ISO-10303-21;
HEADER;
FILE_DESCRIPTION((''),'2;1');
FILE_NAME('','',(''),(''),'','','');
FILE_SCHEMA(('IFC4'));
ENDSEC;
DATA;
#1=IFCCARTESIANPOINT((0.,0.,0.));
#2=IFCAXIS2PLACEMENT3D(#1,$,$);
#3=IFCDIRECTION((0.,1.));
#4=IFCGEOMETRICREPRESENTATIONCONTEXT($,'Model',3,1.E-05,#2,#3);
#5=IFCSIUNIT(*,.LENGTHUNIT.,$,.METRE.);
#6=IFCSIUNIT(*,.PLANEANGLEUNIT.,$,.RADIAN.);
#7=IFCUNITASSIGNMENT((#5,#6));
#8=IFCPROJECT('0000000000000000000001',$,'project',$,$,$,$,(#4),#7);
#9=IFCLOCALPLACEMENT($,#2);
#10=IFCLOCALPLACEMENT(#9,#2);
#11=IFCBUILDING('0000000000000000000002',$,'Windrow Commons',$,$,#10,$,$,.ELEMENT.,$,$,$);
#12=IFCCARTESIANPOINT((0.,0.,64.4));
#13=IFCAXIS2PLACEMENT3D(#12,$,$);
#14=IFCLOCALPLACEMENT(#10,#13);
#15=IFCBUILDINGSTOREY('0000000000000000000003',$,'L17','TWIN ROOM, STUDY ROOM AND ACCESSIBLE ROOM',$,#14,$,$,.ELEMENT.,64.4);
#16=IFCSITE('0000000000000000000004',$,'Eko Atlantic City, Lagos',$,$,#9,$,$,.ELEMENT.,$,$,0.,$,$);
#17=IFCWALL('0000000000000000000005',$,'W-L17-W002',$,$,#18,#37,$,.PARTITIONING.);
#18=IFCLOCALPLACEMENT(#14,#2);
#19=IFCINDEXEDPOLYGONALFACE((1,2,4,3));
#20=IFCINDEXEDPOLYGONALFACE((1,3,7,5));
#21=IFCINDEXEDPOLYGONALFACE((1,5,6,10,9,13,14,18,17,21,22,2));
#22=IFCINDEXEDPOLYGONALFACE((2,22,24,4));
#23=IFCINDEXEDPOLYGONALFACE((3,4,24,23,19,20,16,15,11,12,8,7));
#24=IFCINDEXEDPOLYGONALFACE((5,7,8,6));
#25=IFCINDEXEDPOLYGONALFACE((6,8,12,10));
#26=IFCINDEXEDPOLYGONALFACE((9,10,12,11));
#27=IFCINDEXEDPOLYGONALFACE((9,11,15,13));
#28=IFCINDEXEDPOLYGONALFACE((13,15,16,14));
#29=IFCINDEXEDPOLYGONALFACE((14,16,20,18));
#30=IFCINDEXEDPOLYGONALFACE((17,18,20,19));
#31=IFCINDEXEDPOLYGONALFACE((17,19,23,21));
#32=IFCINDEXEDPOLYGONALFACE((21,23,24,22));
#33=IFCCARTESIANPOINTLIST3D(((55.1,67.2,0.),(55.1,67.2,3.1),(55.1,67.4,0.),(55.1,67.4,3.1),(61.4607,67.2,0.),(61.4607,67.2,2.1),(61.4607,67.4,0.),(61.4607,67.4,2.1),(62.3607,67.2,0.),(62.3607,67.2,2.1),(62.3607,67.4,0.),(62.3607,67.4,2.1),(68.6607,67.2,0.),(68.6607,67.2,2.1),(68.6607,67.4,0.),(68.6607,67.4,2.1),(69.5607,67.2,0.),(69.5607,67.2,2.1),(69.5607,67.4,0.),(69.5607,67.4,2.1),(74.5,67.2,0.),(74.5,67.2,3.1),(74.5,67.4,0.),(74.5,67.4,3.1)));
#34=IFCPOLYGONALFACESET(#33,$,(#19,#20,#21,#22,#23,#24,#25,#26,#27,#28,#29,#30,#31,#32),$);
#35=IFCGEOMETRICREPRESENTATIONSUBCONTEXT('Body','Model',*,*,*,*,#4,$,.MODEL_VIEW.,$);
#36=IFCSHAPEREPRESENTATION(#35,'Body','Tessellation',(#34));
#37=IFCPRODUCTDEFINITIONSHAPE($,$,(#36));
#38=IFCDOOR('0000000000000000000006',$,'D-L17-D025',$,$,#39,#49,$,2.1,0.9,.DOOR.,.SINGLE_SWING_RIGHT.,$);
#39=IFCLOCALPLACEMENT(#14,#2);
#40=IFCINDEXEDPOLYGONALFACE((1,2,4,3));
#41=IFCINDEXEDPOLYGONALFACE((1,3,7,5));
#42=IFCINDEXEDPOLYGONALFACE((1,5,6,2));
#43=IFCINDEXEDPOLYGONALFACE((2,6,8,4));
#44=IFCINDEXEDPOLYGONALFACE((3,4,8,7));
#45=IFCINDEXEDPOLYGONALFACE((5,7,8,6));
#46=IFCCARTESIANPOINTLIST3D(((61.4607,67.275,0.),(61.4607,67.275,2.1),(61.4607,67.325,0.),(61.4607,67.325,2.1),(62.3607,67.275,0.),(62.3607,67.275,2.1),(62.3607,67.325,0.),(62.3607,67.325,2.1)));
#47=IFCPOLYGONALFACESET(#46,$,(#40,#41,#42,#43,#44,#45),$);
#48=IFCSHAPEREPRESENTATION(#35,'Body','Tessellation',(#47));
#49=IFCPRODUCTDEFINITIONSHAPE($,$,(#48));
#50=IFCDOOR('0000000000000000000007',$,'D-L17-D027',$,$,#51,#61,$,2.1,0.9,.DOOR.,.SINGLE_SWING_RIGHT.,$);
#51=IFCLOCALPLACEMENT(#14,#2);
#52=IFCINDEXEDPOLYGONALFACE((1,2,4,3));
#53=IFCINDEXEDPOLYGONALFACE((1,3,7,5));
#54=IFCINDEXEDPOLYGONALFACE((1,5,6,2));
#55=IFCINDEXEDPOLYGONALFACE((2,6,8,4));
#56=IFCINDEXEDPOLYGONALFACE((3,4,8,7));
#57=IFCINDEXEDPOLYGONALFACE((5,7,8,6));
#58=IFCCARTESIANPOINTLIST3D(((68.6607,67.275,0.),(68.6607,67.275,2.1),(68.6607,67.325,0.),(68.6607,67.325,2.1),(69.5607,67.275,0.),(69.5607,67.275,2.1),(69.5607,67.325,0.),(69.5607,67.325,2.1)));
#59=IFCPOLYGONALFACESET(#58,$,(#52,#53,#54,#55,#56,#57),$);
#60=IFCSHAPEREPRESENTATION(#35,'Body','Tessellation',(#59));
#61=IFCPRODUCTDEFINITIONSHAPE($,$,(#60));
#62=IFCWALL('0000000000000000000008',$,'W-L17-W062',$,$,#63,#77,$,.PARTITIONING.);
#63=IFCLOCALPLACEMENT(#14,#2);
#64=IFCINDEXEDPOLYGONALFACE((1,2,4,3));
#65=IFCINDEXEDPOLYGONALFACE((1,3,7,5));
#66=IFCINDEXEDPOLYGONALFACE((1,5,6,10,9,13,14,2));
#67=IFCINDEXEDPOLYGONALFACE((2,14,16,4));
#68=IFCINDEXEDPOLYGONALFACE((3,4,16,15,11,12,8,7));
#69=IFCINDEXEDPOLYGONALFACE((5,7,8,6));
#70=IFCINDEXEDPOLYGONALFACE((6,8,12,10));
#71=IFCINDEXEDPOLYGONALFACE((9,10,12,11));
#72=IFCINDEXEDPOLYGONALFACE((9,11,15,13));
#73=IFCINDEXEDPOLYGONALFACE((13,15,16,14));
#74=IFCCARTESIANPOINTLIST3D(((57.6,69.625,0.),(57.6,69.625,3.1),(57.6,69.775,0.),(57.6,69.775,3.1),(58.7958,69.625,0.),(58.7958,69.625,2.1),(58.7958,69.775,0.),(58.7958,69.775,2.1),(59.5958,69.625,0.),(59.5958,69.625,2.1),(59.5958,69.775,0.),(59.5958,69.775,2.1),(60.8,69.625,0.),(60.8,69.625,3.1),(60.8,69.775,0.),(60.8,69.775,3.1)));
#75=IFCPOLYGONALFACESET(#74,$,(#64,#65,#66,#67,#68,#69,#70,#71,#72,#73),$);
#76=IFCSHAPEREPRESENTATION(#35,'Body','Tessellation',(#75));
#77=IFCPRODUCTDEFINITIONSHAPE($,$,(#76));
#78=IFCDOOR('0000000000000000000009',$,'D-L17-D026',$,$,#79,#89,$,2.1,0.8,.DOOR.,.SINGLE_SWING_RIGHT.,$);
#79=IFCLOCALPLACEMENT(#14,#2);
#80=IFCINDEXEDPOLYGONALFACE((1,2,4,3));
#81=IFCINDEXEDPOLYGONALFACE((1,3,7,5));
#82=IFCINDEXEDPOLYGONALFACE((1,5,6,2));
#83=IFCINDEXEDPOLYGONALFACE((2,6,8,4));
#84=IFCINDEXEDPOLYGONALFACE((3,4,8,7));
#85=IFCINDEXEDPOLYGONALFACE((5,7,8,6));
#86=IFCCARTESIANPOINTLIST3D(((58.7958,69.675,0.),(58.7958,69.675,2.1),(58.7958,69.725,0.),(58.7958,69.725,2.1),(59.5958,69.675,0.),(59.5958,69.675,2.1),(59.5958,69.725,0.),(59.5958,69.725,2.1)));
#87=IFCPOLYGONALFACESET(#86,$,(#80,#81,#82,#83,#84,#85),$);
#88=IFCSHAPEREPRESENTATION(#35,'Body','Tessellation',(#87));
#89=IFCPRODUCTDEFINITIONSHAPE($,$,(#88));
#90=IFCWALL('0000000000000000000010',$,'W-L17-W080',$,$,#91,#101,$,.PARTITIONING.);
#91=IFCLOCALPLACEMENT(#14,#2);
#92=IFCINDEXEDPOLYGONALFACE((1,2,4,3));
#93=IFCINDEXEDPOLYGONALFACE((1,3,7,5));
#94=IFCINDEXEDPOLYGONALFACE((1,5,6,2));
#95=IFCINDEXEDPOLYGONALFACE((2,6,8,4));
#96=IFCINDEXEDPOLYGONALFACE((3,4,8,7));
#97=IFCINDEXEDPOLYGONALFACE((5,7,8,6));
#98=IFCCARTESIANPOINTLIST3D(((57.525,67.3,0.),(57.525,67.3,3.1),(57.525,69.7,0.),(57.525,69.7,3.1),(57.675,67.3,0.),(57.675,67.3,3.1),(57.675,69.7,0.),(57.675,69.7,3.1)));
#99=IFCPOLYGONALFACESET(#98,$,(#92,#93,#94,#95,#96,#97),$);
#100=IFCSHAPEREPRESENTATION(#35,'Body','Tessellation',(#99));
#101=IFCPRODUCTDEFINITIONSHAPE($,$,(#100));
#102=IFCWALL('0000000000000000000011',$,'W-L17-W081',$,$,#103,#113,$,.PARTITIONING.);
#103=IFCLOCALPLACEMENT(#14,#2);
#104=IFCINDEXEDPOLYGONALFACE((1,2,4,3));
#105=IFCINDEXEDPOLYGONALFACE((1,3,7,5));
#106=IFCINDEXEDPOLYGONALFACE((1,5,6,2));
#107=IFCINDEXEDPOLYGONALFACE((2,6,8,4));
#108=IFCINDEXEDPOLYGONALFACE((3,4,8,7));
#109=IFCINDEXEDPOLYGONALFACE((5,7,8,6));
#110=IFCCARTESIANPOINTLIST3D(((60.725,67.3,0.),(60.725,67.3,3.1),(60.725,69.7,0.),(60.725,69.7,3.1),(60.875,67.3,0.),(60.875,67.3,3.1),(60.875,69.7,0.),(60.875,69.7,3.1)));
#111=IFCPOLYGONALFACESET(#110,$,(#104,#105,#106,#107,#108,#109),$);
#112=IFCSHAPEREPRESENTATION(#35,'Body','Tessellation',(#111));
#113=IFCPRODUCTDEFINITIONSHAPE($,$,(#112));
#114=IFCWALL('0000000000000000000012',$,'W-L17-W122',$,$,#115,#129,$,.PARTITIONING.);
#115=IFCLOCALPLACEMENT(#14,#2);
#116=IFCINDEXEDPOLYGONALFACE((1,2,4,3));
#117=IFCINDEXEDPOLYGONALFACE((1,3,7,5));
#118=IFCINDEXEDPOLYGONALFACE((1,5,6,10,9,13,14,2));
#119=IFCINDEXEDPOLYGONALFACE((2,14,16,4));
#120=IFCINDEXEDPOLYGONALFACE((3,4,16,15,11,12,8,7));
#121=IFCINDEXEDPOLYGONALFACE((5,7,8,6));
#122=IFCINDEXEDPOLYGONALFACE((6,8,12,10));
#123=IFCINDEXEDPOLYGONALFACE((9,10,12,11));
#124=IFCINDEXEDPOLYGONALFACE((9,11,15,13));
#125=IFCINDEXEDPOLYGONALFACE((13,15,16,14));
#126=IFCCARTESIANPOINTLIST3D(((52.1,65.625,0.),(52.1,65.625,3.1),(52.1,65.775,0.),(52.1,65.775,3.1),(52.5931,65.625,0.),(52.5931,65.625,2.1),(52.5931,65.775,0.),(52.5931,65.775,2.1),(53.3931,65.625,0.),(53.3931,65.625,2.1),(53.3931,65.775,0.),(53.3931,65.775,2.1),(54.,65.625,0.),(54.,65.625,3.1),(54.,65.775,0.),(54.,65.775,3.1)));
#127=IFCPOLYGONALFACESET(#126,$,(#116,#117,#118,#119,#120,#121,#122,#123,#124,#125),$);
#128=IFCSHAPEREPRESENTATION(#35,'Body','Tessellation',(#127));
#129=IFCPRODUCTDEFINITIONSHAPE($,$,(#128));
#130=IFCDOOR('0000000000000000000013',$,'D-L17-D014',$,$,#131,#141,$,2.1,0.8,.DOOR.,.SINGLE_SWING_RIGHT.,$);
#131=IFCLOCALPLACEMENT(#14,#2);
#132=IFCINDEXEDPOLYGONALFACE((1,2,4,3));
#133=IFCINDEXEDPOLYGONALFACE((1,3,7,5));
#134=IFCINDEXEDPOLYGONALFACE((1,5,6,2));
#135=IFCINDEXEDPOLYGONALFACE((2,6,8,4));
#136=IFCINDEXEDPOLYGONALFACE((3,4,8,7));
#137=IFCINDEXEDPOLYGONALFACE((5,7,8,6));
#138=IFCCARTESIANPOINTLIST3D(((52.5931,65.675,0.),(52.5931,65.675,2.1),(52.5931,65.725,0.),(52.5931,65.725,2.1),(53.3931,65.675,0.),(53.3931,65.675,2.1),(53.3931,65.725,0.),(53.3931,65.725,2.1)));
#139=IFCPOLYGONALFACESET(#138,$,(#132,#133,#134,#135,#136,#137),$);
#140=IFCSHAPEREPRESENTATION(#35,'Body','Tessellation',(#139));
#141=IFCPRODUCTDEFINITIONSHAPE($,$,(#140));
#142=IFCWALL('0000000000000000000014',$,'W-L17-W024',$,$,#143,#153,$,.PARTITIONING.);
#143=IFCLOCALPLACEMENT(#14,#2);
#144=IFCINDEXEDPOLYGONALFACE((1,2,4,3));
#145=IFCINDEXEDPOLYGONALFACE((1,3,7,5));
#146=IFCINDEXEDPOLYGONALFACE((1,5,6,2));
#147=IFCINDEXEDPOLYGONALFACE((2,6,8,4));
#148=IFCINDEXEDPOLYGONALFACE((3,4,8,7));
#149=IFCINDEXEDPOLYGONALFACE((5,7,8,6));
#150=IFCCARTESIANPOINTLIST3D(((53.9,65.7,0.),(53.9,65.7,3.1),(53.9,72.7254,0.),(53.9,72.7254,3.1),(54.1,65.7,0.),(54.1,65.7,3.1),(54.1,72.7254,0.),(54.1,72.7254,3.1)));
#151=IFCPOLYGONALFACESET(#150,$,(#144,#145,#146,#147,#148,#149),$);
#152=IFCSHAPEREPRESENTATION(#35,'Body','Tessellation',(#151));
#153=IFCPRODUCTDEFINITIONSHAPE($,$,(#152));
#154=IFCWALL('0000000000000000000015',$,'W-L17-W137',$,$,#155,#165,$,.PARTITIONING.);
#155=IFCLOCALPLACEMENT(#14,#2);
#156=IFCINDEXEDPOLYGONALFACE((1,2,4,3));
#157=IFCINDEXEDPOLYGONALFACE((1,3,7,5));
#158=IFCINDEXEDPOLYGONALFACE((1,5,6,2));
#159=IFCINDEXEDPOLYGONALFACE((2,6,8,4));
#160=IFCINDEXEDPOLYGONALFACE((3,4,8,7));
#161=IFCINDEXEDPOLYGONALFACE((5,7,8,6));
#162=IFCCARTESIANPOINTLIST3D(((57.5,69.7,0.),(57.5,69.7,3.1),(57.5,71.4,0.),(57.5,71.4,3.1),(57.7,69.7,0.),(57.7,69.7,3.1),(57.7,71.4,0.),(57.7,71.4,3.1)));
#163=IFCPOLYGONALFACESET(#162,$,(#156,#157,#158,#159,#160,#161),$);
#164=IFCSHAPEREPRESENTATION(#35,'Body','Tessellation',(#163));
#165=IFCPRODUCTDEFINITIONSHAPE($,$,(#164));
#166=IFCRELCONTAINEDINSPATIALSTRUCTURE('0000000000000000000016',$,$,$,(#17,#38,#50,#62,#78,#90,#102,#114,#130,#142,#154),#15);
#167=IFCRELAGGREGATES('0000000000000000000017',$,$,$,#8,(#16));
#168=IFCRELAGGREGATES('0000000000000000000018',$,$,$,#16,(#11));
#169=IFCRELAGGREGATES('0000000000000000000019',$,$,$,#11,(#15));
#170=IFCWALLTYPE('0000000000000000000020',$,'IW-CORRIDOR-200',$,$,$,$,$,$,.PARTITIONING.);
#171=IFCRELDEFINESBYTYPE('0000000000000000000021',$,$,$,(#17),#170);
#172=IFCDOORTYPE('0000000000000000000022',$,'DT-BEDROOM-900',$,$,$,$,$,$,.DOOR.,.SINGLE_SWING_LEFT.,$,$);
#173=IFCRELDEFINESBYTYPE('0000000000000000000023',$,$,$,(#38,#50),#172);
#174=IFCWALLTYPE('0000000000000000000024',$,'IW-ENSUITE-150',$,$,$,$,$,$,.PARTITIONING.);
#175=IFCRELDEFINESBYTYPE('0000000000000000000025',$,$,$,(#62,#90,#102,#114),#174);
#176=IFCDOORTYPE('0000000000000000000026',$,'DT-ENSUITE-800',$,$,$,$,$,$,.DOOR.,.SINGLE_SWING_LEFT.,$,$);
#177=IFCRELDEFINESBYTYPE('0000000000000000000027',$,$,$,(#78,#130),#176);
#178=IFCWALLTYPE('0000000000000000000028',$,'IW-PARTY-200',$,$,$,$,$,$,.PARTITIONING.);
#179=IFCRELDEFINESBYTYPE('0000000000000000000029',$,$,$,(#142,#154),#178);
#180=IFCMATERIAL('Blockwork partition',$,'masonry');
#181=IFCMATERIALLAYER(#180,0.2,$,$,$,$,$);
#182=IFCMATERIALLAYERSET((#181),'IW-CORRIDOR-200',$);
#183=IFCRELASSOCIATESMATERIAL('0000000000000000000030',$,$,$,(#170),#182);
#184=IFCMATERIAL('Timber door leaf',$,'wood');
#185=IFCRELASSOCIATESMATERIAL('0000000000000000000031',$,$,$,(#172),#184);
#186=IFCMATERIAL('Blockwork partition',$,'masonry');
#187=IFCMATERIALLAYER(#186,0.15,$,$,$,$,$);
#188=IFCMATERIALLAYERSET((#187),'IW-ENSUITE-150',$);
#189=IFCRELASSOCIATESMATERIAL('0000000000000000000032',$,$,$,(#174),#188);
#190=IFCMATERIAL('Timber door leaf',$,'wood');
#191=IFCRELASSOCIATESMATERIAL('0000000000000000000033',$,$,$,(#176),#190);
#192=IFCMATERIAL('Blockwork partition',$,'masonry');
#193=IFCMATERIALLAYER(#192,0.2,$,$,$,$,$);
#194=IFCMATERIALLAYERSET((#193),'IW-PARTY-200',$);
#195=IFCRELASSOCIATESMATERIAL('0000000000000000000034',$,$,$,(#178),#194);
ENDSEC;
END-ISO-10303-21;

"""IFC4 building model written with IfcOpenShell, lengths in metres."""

from ifc_helpers import new_model, si_unit, direction, frame, frame_2d, origin, place, context, subcontext, project, spatial, rectangle, extrude, material, layer, layer_set, type_object, element, fill, save


model = new_model("IFC4")

# Units and contexts
model_context = context("Model", 3, precision=1e-05, world=origin(), true_north=direction((0.0, 1.0)))
body_context = subcontext(model_context, "Body", "Model", "MODEL_VIEW")
ifc_project = project(units=[si_unit("LENGTHUNIT", "METRE"), si_unit("PLANEANGLEUNIT", "RADIAN")], contexts=[model_context])

# Site, building, storey
site_placement = place(None, origin())
site = spatial("IfcSite", under=ifc_project, at=site_placement, Name="Eko Atlantic City, Lagos", CompositionType="ELEMENT", RefElevation=0.0)
building_placement = place(site_placement, origin())
building = spatial("IfcBuilding", under=site, at=building_placement, Name="Windrow Commons", CompositionType="ELEMENT")
storey_placement = place(building_placement, frame((0.0, 0.0, 64.4)))
storey = spatial("IfcBuildingStorey", under=building, at=storey_placement, Name="L17", Description="TWIN ROOM, STUDY ROOM AND ACCESSIBLE ROOM", CompositionType="ELEMENT", Elevation=64.4)

# Wall, openings, doors
ifc_material_1 = material(Name="Blockwork partition", Category="masonry")
ifc_layer_1 = layer(ifc_material_1, 0.2)
ifc_layer_set_1 = layer_set([ifc_layer_1], Name="IW-CORRIDOR-200")
wall_type_1 = type_object("IfcWallType", Name="IW-CORRIDOR-200", PredefinedType="PARTITIONING", material=ifc_layer_set_1)
wall_1_placement = place(storey_placement, frame((55.1, 67.3, 0.0), z_axis=(0.0, 0.0, 1.0), x_axis=(1.0, 0.0, 0.0)))
wall_1 = element("IfcWall", 1, at=wall_1_placement, inside=storey, type_object=wall_type_1, Name="W-L17-W002", PredefinedType="PARTITIONING", context=body_context, shape_type="SweptSolid", body=[
    extrude(rectangle(XDim=19.4, YDim=0.2, at=frame_2d((9.7, 0.0))), origin(), (0.0, 0.0, 1.0), 3.1),
])
opening_1_placement = place(wall_1_placement, frame((6.3607, 0.0, 0.0)))
opening_1 = element("IfcOpeningElement", 2, at=opening_1_placement, cuts=wall_1, PredefinedType="OPENING", context=body_context, shape_type="SweptSolid", body=[
    extrude(rectangle(XDim=0.9, YDim=2.1, at=frame_2d((0.45, 1.05))), frame((0.0, 0.11, 0.0), z_axis=(0.0, -1.0, 0.0), x_axis=(1.0, 0.0, 0.0)), (0.0, 0.0, 1.0), 0.22),
])
opening_2_placement = place(wall_1_placement, frame((13.5607, 0.0, 0.0)))
opening_2 = element("IfcOpeningElement", 3, at=opening_2_placement, cuts=wall_1, PredefinedType="OPENING", context=body_context, shape_type="SweptSolid", body=[
    extrude(rectangle(XDim=0.9, YDim=2.1, at=frame_2d((0.45, 1.05))), frame((0.0, 0.11, 0.0), z_axis=(0.0, -1.0, 0.0), x_axis=(1.0, 0.0, 0.0)), (0.0, 0.0, 1.0), 0.22),
])
ifc_material_2 = material(Name="Timber door leaf", Category="wood")
door_type_1 = type_object("IfcDoorType", Name="DT-BEDROOM-900", OperationType="SINGLE_SWING_LEFT", PredefinedType="DOOR", material=ifc_material_2)
door_1_placement = place(opening_1_placement, origin())
door_1 = element("IfcDoor", 4, at=door_1_placement, inside=storey, type_object=door_type_1, Name="D-L17-D025", OperationType="SINGLE_SWING_RIGHT", OverallHeight=2.1, OverallWidth=0.9, PredefinedType="DOOR", context=body_context, shape_type="SweptSolid", body=[
    extrude(rectangle(XDim=0.9, YDim=2.1, at=frame_2d((0.45, 1.05))), frame((0.0, 0.025, 0.0), z_axis=(0.0, -1.0, 0.0), x_axis=(1.0, 0.0, 0.0)), (0.0, 0.0, 1.0), 0.05),
])
fill(opening_1, door_1)
door_2_placement = place(opening_2_placement, origin())
door_2 = element("IfcDoor", 5, at=door_2_placement, inside=storey, type_object=door_type_1, Name="D-L17-D027", OperationType="SINGLE_SWING_RIGHT", OverallHeight=2.1, OverallWidth=0.9, PredefinedType="DOOR", context=body_context, shape_type="SweptSolid", body=[
    extrude(rectangle(XDim=0.9, YDim=2.1, at=frame_2d((0.45, 1.05))), frame((0.0, 0.025, 0.0), z_axis=(0.0, -1.0, 0.0), x_axis=(1.0, 0.0, 0.0)), (0.0, 0.0, 1.0), 0.05),
])
fill(opening_2, door_2)

# Wall, opening, door
ifc_material_3 = material(Name="Blockwork partition", Category="masonry")
ifc_layer_2 = layer(ifc_material_3, 0.15)
ifc_layer_set_2 = layer_set([ifc_layer_2], Name="IW-ENSUITE-150")
wall_type_2 = type_object("IfcWallType", Name="IW-ENSUITE-150", PredefinedType="PARTITIONING", material=ifc_layer_set_2)
wall_2_placement = place(storey_placement, frame((57.6, 69.7, 0.0), z_axis=(0.0, 0.0, 1.0), x_axis=(1.0, 0.0, 0.0)))
wall_2 = element("IfcWall", 6, at=wall_2_placement, inside=storey, type_object=wall_type_2, Name="W-L17-W062", PredefinedType="PARTITIONING", context=body_context, shape_type="SweptSolid", body=[
    extrude(rectangle(XDim=3.2, YDim=0.15, at=frame_2d((1.6, 0.0))), origin(), (0.0, 0.0, 1.0), 3.1),
])
opening_3_placement = place(wall_2_placement, frame((1.1958, 0.0, 0.0)))
opening_3 = element("IfcOpeningElement", 7, at=opening_3_placement, cuts=wall_2, PredefinedType="OPENING", context=body_context, shape_type="SweptSolid", body=[
    extrude(rectangle(XDim=0.8, YDim=2.1, at=frame_2d((0.4, 1.05))), frame((0.0, 0.085, 0.0), z_axis=(0.0, -1.0, 0.0), x_axis=(1.0, 0.0, 0.0)), (0.0, 0.0, 1.0), 0.17),
])
ifc_material_4 = material(Name="Timber door leaf", Category="wood")
door_type_2 = type_object("IfcDoorType", Name="DT-ENSUITE-800", OperationType="SINGLE_SWING_LEFT", PredefinedType="DOOR", material=ifc_material_4)
door_3_placement = place(opening_3_placement, origin())
door_3 = element("IfcDoor", 8, at=door_3_placement, inside=storey, type_object=door_type_2, Name="D-L17-D026", OperationType="SINGLE_SWING_RIGHT", OverallHeight=2.1, OverallWidth=0.8, PredefinedType="DOOR", context=body_context, shape_type="SweptSolid", body=[
    extrude(rectangle(XDim=0.8, YDim=2.1, at=frame_2d((0.4, 1.05))), frame((0.0, 0.025, 0.0), z_axis=(0.0, -1.0, 0.0), x_axis=(1.0, 0.0, 0.0)), (0.0, 0.0, 1.0), 0.05),
])
fill(opening_3, door_3)

# Walls
for number, where, z_axis, x_axis, name in (
    (9, (57.6, 67.3, 0.0), (0.0, 0.0, 1.0), (0.0, 1.0, 0.0), "W-L17-W080"),
    (10, (60.8, 67.3, 0.0), (0.0, 0.0, 1.0), (0.0, 1.0, 0.0), "W-L17-W081"),
):
    element("IfcWall", number, at=place(storey_placement, frame(where, z_axis=z_axis, x_axis=x_axis)), inside=storey, type_object=wall_type_2, Name=name, PredefinedType="PARTITIONING", context=body_context, shape_type="SweptSolid", body=[
        extrude(rectangle(XDim=2.4, YDim=0.15, at=frame_2d((1.2, 0.0))), origin(), (0.0, 0.0, 1.0), 3.1),
    ])

# Wall, opening, door
wall_3_placement = place(storey_placement, frame((52.1, 65.7, 0.0), z_axis=(0.0, 0.0, 1.0), x_axis=(1.0, 0.0, 0.0)))
wall_3 = element("IfcWall", 11, at=wall_3_placement, inside=storey, type_object=wall_type_2, Name="W-L17-W122", PredefinedType="PARTITIONING", context=body_context, shape_type="SweptSolid", body=[
    extrude(rectangle(XDim=1.9, YDim=0.15, at=frame_2d((0.95, 0.0))), origin(), (0.0, 0.0, 1.0), 3.1),
])
opening_4_placement = place(wall_3_placement, frame((0.4931, 0.0, 0.0)))
opening_4 = element("IfcOpeningElement", 12, at=opening_4_placement, cuts=wall_3, PredefinedType="OPENING", context=body_context, shape_type="SweptSolid", body=[
    extrude(rectangle(XDim=0.8, YDim=2.1, at=frame_2d((0.4, 1.05))), frame((0.0, 0.085, 0.0), z_axis=(0.0, -1.0, 0.0), x_axis=(1.0, 0.0, 0.0)), (0.0, 0.0, 1.0), 0.17),
])
door_4_placement = place(opening_4_placement, origin())
door_4 = element("IfcDoor", 13, at=door_4_placement, inside=storey, type_object=door_type_2, Name="D-L17-D014", OperationType="SINGLE_SWING_RIGHT", OverallHeight=2.1, OverallWidth=0.8, PredefinedType="DOOR", context=body_context, shape_type="SweptSolid", body=[
    extrude(rectangle(XDim=0.8, YDim=2.1, at=frame_2d((0.4, 1.05))), frame((0.0, 0.025, 0.0), z_axis=(0.0, -1.0, 0.0), x_axis=(1.0, 0.0, 0.0)), (0.0, 0.0, 1.0), 0.05),
])
fill(opening_4, door_4)

# Walls
ifc_material_5 = material(Name="Blockwork partition", Category="masonry")
ifc_layer_3 = layer(ifc_material_5, 0.2)
ifc_layer_set_3 = layer_set([ifc_layer_3], Name="IW-PARTY-200")
wall_type_3 = type_object("IfcWallType", Name="IW-PARTY-200", PredefinedType="PARTITIONING", material=ifc_layer_set_3)
wall_4_placement = place(storey_placement, frame((54.0, 65.7, 0.0), z_axis=(0.0, 0.0, 1.0), x_axis=(0.0, 1.0, 0.0)))
element("IfcWall", 14, at=wall_4_placement, inside=storey, type_object=wall_type_3, Name="W-L17-W024", PredefinedType="PARTITIONING", context=body_context, shape_type="SweptSolid", body=[
    extrude(rectangle(XDim=7.0254, YDim=0.2, at=frame_2d((3.5127, 0.0))), origin(), (0.0, 0.0, 1.0), 3.1),
])
wall_5_placement = place(storey_placement, frame((57.6, 69.7, 0.0), z_axis=(0.0, 0.0, 1.0), x_axis=(0.0, 1.0, 0.0)))
element("IfcWall", 15, at=wall_5_placement, inside=storey, type_object=wall_type_3, Name="W-L17-W137", PredefinedType="PARTITIONING", context=body_context, shape_type="SweptSolid", body=[
    extrude(rectangle(XDim=1.7, YDim=0.2, at=frame_2d((0.85, 0.0))), origin(), (0.0, 0.0, 1.0), 3.1),
])

save(model, "model.ifc")
